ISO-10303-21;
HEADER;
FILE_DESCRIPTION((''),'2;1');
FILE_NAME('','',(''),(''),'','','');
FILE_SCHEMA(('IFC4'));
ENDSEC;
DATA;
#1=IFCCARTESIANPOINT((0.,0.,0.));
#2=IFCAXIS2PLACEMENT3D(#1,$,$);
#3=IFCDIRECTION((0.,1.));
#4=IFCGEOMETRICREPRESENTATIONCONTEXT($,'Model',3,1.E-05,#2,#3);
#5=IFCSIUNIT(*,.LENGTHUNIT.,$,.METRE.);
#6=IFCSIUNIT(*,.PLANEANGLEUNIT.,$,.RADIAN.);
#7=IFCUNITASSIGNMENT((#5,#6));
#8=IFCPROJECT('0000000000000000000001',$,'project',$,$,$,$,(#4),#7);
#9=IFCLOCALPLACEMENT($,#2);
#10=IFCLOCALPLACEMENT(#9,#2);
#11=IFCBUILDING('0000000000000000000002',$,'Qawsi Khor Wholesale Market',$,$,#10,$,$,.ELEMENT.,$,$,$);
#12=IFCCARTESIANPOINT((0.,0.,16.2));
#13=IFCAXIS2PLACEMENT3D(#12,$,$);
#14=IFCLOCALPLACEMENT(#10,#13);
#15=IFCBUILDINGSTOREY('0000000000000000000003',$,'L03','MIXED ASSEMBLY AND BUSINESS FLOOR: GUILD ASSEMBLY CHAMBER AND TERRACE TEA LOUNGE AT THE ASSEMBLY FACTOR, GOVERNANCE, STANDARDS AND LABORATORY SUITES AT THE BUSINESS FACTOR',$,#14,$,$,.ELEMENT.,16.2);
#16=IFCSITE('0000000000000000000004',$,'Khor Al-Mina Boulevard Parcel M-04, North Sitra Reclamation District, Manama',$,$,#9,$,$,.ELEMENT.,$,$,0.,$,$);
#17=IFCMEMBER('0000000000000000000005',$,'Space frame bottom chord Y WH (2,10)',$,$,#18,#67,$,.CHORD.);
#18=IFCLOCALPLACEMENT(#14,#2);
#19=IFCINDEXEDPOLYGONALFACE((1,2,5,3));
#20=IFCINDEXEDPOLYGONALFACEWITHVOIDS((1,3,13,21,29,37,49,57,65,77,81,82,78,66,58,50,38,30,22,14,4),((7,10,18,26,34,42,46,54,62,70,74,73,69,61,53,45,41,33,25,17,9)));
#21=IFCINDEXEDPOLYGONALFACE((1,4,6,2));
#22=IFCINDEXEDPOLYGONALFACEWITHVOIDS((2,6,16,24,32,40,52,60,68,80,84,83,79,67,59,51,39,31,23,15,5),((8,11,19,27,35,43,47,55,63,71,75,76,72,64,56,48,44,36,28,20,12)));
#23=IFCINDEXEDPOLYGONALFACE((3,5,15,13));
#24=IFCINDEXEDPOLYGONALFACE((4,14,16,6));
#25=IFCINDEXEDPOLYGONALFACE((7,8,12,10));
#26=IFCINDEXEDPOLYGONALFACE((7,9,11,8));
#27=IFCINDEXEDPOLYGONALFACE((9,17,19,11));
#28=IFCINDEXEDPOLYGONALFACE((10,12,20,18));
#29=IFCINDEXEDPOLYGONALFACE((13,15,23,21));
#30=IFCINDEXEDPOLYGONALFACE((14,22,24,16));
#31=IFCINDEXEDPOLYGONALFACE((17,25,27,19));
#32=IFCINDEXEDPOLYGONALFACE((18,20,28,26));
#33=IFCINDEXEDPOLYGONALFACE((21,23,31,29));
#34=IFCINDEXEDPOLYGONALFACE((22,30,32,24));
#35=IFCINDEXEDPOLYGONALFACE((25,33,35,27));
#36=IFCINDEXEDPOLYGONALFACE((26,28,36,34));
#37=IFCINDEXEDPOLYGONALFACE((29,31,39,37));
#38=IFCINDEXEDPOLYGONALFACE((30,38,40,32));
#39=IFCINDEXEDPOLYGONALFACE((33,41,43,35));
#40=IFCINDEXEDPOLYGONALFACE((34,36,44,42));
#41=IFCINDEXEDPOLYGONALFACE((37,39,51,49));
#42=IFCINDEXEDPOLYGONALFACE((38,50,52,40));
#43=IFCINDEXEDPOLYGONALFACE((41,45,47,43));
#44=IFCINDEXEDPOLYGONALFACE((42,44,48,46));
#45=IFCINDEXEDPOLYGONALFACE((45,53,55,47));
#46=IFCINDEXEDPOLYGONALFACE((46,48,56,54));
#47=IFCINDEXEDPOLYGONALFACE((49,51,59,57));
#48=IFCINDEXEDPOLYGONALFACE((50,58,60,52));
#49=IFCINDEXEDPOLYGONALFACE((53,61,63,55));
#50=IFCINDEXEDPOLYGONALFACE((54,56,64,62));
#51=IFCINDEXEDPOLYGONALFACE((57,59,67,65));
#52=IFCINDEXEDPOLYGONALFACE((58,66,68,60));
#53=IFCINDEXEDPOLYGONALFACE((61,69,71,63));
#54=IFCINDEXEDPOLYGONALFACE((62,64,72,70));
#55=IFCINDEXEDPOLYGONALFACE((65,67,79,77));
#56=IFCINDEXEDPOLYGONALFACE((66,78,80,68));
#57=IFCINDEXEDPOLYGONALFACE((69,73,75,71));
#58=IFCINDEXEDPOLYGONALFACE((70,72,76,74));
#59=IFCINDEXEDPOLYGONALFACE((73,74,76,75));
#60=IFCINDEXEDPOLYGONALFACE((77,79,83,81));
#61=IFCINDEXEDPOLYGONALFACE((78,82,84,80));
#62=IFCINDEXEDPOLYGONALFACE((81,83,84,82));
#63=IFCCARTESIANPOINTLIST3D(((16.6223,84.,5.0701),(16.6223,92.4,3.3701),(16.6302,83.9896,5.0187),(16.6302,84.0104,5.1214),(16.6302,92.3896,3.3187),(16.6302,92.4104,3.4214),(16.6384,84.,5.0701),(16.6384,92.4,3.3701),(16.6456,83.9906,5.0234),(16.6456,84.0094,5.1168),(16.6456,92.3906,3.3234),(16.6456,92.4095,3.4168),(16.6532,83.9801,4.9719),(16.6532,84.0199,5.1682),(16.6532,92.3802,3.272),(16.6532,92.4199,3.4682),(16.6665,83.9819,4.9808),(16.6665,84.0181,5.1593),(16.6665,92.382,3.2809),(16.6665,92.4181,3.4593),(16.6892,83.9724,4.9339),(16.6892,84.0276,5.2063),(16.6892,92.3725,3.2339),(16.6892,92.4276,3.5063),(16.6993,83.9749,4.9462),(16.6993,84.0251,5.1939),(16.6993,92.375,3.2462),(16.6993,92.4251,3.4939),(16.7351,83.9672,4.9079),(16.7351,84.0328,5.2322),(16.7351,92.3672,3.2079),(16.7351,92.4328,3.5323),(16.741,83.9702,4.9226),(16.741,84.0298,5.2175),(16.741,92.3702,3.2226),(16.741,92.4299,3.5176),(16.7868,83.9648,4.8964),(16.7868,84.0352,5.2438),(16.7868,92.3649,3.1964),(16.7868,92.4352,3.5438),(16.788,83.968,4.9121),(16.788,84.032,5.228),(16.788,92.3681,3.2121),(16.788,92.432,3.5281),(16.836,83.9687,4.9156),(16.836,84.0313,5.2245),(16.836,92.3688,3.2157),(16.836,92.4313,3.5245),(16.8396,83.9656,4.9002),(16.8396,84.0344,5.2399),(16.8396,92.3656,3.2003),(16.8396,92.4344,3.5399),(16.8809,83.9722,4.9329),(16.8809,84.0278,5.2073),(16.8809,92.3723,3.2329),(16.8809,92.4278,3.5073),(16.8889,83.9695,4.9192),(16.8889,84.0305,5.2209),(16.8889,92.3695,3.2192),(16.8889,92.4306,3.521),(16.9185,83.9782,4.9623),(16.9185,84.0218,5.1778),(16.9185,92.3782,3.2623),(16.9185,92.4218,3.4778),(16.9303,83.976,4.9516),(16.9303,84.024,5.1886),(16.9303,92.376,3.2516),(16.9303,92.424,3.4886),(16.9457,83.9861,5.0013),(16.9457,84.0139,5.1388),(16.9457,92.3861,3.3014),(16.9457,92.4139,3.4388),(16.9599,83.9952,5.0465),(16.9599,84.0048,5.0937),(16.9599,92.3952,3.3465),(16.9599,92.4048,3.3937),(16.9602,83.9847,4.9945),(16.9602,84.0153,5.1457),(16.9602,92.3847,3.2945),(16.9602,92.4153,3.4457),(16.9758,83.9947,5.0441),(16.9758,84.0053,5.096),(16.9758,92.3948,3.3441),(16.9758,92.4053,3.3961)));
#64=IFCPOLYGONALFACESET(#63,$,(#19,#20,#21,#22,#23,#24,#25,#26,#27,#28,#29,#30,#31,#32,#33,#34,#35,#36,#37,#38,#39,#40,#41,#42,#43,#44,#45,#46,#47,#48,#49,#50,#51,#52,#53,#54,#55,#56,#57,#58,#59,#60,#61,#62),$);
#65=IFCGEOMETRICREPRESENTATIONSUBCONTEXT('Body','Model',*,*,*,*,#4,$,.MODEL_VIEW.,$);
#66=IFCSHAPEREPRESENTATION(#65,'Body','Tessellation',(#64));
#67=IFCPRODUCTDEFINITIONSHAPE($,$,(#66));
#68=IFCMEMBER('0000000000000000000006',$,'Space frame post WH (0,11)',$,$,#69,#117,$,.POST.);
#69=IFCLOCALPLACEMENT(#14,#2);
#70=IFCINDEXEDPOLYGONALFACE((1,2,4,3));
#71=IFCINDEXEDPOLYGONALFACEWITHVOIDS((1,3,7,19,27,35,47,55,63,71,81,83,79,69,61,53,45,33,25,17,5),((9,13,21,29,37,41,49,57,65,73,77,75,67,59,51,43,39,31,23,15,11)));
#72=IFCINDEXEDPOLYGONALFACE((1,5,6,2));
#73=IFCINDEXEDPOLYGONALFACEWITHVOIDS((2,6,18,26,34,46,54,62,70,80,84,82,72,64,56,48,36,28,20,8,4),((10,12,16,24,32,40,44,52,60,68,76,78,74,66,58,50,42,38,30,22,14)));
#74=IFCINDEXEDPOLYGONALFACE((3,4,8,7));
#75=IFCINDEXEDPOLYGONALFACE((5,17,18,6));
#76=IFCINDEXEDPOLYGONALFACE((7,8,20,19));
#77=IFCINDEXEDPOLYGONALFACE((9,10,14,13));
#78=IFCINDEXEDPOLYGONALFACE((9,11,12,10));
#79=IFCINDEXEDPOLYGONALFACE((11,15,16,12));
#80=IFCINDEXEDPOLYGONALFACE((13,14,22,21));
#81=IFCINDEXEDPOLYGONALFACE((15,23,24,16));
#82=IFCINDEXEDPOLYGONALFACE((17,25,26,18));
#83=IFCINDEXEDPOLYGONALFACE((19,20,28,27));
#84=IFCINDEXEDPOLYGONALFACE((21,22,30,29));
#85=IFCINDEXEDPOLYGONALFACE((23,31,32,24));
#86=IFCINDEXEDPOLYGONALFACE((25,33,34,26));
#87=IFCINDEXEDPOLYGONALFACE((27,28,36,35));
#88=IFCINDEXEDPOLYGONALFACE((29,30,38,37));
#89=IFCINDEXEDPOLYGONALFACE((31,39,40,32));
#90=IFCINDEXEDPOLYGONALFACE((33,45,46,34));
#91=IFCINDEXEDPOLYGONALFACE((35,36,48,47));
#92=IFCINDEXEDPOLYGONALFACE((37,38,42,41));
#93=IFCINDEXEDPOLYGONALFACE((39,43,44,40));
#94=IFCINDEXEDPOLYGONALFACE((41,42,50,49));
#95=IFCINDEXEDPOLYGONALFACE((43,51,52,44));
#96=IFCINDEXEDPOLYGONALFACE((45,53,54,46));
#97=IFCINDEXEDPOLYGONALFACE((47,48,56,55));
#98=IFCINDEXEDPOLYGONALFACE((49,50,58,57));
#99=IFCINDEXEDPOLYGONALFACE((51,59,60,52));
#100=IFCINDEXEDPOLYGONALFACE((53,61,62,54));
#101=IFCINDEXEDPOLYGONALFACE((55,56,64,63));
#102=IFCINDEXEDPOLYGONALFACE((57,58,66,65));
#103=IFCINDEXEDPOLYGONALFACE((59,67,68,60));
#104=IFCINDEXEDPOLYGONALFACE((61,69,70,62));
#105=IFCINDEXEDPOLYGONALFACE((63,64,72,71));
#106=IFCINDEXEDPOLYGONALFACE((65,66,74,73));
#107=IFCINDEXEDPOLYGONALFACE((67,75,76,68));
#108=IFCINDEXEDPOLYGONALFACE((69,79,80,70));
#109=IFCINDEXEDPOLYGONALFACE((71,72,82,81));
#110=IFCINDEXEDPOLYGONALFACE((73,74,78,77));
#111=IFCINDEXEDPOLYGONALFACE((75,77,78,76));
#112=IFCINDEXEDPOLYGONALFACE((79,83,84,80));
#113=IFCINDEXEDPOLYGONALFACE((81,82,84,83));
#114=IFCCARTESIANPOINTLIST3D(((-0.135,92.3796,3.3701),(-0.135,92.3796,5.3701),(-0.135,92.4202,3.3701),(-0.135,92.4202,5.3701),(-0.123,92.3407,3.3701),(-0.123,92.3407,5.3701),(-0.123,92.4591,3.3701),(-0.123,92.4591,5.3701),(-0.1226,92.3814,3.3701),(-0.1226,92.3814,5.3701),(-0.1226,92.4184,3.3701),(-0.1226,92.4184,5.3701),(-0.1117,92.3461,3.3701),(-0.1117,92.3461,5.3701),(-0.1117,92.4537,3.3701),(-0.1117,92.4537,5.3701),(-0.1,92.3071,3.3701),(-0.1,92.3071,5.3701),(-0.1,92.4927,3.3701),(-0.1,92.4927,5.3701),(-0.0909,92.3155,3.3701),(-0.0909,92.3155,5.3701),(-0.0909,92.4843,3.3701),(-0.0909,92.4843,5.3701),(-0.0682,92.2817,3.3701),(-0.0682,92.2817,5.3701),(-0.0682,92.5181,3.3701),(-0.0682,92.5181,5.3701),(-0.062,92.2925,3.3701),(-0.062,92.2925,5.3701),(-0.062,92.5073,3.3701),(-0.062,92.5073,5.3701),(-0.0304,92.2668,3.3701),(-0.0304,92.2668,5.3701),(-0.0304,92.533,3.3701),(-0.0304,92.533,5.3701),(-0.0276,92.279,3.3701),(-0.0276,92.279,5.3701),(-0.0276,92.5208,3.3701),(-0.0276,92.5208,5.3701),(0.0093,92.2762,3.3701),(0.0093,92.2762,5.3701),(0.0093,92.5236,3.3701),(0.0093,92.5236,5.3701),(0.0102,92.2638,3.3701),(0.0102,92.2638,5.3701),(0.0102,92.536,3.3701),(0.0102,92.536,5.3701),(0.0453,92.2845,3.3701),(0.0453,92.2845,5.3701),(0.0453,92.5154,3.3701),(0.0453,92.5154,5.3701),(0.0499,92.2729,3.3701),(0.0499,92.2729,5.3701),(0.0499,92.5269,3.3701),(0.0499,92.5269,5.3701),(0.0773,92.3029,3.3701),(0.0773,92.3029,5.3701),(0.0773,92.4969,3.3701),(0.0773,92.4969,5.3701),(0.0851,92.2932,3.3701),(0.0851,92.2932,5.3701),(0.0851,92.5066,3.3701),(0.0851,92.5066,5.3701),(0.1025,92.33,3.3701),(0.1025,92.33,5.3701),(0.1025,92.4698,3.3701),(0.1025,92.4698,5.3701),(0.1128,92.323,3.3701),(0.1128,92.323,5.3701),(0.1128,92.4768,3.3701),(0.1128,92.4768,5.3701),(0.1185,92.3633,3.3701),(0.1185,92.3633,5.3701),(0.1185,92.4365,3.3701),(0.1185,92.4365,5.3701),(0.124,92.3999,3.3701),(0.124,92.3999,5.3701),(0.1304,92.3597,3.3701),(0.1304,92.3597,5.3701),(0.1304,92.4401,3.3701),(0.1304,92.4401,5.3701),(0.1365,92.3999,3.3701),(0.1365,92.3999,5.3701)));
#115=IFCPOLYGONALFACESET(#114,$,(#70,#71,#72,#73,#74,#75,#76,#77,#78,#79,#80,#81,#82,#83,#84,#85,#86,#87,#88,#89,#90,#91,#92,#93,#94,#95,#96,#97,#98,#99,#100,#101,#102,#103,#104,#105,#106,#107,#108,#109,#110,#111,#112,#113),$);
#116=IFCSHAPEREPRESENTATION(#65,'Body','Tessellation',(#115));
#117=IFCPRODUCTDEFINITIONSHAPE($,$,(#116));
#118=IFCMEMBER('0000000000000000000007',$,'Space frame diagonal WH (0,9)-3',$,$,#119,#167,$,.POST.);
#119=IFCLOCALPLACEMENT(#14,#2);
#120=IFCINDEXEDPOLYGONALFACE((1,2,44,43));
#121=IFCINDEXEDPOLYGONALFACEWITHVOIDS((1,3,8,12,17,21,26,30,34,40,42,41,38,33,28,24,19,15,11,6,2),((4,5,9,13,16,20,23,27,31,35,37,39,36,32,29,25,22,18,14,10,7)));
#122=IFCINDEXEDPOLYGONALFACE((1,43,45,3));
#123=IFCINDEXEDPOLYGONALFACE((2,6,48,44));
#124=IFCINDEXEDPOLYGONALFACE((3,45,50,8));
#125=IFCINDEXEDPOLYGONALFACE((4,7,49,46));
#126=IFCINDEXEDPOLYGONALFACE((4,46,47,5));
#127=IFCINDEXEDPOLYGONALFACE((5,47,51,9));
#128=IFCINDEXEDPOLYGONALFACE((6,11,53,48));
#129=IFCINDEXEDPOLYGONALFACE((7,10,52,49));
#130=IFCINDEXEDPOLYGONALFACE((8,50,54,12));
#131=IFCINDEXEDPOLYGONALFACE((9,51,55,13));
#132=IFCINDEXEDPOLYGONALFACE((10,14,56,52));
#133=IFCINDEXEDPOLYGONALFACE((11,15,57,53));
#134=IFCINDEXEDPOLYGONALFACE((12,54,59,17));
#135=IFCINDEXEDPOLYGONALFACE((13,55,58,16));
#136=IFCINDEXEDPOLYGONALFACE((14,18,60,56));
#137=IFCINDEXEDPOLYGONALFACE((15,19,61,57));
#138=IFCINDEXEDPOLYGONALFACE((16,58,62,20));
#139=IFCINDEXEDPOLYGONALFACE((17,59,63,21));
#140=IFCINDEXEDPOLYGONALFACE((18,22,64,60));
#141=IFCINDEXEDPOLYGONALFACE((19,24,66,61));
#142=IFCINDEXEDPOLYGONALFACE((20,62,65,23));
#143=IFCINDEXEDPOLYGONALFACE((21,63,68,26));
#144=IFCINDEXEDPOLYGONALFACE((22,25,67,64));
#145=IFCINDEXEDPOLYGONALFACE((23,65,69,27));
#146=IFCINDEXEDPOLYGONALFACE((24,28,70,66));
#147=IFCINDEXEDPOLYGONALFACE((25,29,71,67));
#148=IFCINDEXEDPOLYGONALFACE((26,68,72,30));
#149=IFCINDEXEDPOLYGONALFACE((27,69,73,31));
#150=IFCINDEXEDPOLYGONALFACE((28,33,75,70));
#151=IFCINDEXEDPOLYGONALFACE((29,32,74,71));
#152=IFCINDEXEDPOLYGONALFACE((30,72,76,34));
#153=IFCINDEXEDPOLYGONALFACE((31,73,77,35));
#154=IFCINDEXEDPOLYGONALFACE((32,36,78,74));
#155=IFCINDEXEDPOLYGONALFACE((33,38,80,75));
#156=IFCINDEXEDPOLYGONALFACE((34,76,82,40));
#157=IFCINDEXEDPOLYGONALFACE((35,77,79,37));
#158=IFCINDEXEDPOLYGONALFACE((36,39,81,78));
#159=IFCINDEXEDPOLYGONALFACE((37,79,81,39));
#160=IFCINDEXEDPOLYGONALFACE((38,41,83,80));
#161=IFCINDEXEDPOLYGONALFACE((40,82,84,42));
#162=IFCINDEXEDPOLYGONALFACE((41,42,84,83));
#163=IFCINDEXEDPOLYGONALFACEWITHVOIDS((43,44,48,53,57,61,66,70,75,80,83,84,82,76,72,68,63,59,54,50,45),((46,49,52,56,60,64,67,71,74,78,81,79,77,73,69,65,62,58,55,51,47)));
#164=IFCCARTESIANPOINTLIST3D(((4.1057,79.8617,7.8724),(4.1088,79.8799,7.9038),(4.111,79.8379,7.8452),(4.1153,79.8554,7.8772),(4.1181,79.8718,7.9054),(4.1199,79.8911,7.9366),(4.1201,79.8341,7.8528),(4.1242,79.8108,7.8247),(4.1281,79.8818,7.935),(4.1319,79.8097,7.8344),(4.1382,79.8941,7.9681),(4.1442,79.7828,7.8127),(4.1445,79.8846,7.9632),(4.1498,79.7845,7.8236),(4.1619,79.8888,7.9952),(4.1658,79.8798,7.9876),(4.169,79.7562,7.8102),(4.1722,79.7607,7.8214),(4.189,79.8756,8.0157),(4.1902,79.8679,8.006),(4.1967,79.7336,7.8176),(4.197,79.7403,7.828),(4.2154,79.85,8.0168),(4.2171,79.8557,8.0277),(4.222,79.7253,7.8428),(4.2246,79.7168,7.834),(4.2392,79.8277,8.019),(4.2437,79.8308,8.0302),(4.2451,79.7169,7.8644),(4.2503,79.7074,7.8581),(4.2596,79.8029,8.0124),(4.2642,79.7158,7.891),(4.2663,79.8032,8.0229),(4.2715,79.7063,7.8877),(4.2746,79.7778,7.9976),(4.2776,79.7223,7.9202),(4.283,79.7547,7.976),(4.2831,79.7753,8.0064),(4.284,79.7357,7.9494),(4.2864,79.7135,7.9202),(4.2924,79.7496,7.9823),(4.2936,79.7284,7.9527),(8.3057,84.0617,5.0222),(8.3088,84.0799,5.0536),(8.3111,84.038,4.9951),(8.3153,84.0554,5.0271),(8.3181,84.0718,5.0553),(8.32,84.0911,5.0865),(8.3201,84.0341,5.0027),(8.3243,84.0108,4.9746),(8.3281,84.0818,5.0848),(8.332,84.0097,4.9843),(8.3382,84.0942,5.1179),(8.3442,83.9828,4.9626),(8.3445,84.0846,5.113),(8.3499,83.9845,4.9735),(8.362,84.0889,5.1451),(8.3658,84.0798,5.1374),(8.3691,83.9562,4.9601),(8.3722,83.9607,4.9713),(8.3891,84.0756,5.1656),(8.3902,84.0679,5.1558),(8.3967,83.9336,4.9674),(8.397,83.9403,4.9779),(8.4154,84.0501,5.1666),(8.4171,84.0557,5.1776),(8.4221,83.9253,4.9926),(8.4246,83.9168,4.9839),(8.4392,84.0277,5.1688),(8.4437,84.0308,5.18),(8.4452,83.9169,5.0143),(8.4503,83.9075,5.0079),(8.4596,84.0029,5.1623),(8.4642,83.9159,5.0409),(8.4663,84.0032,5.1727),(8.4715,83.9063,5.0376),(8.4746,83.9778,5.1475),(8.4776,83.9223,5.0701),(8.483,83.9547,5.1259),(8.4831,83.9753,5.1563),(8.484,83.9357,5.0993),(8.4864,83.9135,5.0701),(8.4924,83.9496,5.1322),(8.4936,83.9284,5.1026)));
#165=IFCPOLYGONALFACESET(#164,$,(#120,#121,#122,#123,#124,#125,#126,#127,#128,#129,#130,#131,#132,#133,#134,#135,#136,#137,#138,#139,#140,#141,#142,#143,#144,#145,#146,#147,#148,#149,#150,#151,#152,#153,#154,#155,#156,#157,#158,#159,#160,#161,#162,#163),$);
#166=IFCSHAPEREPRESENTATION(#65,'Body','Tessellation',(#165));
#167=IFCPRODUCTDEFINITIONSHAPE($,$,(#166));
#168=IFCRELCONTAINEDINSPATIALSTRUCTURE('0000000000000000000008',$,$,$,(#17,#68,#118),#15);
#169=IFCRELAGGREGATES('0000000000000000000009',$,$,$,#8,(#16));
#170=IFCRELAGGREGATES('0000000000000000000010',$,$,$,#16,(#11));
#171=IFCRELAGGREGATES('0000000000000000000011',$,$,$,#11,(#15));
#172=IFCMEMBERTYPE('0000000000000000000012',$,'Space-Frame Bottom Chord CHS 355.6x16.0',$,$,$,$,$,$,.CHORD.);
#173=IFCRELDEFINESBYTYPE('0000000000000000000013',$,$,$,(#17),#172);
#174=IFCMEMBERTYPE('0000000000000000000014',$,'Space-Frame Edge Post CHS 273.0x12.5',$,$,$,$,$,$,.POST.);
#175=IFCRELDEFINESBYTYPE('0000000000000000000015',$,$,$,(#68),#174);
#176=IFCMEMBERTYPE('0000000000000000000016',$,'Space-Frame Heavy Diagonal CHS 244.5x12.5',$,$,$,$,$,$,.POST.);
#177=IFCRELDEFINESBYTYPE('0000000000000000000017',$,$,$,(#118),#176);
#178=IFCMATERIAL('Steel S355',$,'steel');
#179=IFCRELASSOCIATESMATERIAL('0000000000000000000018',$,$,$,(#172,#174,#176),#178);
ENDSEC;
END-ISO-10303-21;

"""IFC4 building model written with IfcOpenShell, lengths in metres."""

from ifc_helpers import new_model, si_unit, direction, frame, origin, origin_2d, place, context, subcontext, project, spatial, hollow_circle, extrude, material, material_profile, profile_set, type_object, element, save


model = new_model("IFC4")

# Units and contexts
model_context = context("Model", 3, precision=1e-05, world=origin(), true_north=direction((0.0, 1.0)))
body_context = subcontext(model_context, "Body", "Model", "MODEL_VIEW")
ifc_project = project(units=[si_unit("LENGTHUNIT", "METRE"), si_unit("PLANEANGLEUNIT", "RADIAN")], contexts=[model_context])

# Site, building, storey
site_placement = place(None, origin())
site = spatial("IfcSite", under=ifc_project, at=site_placement, Name="Khor Al-Mina Boulevard Parcel M-04, North Sitra Reclamation District, Manama", CompositionType="ELEMENT", RefElevation=0.0)
building_placement = place(site_placement, origin())
building = spatial("IfcBuilding", under=site, at=building_placement, Name="Qawsi Khor Wholesale Market", CompositionType="ELEMENT")
storey_placement = place(building_placement, frame((0.0, 0.0, 16.2)))
storey = spatial("IfcBuildingStorey", under=building, at=storey_placement, Name="L03", Description="MIXED ASSEMBLY AND BUSINESS FLOOR: GUILD ASSEMBLY CHAMBER AND TERRACE TEA LOUNGE AT THE ASSEMBLY FACTOR, GOVERNANCE, STANDARDS AND LABORATORY SUITES AT THE BUSINESS FACTOR", CompositionType="ELEMENT", Elevation=16.2)

# Members
ifc_material_1 = material(Name="Steel S355", Category="steel")
ifc_material_profile_1 = material_profile(ifc_material_1, hollow_circle(Radius=0.1777, WallThickness=0.0161, at=origin_2d()), Name="CHS 355.6x16.0")
ifc_profile_set_1 = profile_set([ifc_material_profile_1], Name="Steel S355")
member_type_1 = type_object("IfcMemberType", Name="Space-Frame Bottom Chord CHS 355.6x16.0", PredefinedType="CHORD", material=ifc_profile_set_1)
for number, where, z_axis, x_axis, name in (
    (1, (16.8, 84.0, 5.0701), (0.0, 0.98013, -0.198356), (-1.0, 0.0, 0.0), "Space frame bottom chord Y WH (2,10)"),
):
    element("IfcMember", number, at=place(storey_placement, frame(where, z_axis=z_axis, x_axis=x_axis)), inside=storey, type_object=member_type_1, Name=name, PredefinedType="CHORD", context=body_context, shape_type="SweptSolid", body=[
        extrude(hollow_circle(Radius=0.1777, WallThickness=0.0161, at=origin_2d()), origin(), (0.0, 0.0, 1.0), 8.5703),
    ])
ifc_material_profile_2 = material_profile(ifc_material_1, hollow_circle(Radius=0.1365, WallThickness=0.0125, at=origin_2d()), Name="CHS 273.0x12.5")
ifc_profile_set_2 = profile_set([ifc_material_profile_2], Name="Steel S355")
member_type_2 = type_object("IfcMemberType", Name="Space-Frame Edge Post CHS 273.0x12.5", PredefinedType="POST", material=ifc_profile_set_2)
member_1_placement = place(storey_placement, frame((0.0, 92.3999, 3.3701), z_axis=(0.0, 0.0, 1.0), x_axis=(1.0, 0.0, 0.0)))
element("IfcMember", 2, at=member_1_placement, inside=storey, type_object=member_type_2, Name="Space frame post WH (0,11)", PredefinedType="POST", context=body_context, shape_type="SweptSolid", body=[
    extrude(hollow_circle(Radius=0.1365, WallThickness=0.0125, at=origin_2d()), origin(), (0.0, 0.0, 1.0), 2.0),
])
ifc_material_profile_3 = material_profile(ifc_material_1, hollow_circle(Radius=0.1223, WallThickness=0.0125, at=origin_2d()), Name="CHS 244.5x12.5")
ifc_profile_set_3 = profile_set([ifc_material_profile_3], Name="Steel S355")
member_type_3 = type_object("IfcMemberType", Name="Space-Frame Heavy Diagonal CHS 244.5x12.5", PredefinedType="POST", material=ifc_profile_set_3)
member_2_placement = place(storey_placement, frame((8.3999, 84.0, 5.0701), z_axis=(-0.637512, -0.637512, 0.432617), x_axis=(0.707107, -0.707107, 0.0)))
element("IfcMember", 3, at=member_2_placement, inside=storey, type_object=member_type_3, Name="Space frame diagonal WH (0,9)-3", PredefinedType="POST", context=body_context, shape_type="SweptSolid", body=[
    extrude(hollow_circle(Radius=0.1223, WallThickness=0.0125, at=origin_2d()), origin(), (0.0, 0.0, 1.0), 6.5881),
])

save(model, "model.ifc")
